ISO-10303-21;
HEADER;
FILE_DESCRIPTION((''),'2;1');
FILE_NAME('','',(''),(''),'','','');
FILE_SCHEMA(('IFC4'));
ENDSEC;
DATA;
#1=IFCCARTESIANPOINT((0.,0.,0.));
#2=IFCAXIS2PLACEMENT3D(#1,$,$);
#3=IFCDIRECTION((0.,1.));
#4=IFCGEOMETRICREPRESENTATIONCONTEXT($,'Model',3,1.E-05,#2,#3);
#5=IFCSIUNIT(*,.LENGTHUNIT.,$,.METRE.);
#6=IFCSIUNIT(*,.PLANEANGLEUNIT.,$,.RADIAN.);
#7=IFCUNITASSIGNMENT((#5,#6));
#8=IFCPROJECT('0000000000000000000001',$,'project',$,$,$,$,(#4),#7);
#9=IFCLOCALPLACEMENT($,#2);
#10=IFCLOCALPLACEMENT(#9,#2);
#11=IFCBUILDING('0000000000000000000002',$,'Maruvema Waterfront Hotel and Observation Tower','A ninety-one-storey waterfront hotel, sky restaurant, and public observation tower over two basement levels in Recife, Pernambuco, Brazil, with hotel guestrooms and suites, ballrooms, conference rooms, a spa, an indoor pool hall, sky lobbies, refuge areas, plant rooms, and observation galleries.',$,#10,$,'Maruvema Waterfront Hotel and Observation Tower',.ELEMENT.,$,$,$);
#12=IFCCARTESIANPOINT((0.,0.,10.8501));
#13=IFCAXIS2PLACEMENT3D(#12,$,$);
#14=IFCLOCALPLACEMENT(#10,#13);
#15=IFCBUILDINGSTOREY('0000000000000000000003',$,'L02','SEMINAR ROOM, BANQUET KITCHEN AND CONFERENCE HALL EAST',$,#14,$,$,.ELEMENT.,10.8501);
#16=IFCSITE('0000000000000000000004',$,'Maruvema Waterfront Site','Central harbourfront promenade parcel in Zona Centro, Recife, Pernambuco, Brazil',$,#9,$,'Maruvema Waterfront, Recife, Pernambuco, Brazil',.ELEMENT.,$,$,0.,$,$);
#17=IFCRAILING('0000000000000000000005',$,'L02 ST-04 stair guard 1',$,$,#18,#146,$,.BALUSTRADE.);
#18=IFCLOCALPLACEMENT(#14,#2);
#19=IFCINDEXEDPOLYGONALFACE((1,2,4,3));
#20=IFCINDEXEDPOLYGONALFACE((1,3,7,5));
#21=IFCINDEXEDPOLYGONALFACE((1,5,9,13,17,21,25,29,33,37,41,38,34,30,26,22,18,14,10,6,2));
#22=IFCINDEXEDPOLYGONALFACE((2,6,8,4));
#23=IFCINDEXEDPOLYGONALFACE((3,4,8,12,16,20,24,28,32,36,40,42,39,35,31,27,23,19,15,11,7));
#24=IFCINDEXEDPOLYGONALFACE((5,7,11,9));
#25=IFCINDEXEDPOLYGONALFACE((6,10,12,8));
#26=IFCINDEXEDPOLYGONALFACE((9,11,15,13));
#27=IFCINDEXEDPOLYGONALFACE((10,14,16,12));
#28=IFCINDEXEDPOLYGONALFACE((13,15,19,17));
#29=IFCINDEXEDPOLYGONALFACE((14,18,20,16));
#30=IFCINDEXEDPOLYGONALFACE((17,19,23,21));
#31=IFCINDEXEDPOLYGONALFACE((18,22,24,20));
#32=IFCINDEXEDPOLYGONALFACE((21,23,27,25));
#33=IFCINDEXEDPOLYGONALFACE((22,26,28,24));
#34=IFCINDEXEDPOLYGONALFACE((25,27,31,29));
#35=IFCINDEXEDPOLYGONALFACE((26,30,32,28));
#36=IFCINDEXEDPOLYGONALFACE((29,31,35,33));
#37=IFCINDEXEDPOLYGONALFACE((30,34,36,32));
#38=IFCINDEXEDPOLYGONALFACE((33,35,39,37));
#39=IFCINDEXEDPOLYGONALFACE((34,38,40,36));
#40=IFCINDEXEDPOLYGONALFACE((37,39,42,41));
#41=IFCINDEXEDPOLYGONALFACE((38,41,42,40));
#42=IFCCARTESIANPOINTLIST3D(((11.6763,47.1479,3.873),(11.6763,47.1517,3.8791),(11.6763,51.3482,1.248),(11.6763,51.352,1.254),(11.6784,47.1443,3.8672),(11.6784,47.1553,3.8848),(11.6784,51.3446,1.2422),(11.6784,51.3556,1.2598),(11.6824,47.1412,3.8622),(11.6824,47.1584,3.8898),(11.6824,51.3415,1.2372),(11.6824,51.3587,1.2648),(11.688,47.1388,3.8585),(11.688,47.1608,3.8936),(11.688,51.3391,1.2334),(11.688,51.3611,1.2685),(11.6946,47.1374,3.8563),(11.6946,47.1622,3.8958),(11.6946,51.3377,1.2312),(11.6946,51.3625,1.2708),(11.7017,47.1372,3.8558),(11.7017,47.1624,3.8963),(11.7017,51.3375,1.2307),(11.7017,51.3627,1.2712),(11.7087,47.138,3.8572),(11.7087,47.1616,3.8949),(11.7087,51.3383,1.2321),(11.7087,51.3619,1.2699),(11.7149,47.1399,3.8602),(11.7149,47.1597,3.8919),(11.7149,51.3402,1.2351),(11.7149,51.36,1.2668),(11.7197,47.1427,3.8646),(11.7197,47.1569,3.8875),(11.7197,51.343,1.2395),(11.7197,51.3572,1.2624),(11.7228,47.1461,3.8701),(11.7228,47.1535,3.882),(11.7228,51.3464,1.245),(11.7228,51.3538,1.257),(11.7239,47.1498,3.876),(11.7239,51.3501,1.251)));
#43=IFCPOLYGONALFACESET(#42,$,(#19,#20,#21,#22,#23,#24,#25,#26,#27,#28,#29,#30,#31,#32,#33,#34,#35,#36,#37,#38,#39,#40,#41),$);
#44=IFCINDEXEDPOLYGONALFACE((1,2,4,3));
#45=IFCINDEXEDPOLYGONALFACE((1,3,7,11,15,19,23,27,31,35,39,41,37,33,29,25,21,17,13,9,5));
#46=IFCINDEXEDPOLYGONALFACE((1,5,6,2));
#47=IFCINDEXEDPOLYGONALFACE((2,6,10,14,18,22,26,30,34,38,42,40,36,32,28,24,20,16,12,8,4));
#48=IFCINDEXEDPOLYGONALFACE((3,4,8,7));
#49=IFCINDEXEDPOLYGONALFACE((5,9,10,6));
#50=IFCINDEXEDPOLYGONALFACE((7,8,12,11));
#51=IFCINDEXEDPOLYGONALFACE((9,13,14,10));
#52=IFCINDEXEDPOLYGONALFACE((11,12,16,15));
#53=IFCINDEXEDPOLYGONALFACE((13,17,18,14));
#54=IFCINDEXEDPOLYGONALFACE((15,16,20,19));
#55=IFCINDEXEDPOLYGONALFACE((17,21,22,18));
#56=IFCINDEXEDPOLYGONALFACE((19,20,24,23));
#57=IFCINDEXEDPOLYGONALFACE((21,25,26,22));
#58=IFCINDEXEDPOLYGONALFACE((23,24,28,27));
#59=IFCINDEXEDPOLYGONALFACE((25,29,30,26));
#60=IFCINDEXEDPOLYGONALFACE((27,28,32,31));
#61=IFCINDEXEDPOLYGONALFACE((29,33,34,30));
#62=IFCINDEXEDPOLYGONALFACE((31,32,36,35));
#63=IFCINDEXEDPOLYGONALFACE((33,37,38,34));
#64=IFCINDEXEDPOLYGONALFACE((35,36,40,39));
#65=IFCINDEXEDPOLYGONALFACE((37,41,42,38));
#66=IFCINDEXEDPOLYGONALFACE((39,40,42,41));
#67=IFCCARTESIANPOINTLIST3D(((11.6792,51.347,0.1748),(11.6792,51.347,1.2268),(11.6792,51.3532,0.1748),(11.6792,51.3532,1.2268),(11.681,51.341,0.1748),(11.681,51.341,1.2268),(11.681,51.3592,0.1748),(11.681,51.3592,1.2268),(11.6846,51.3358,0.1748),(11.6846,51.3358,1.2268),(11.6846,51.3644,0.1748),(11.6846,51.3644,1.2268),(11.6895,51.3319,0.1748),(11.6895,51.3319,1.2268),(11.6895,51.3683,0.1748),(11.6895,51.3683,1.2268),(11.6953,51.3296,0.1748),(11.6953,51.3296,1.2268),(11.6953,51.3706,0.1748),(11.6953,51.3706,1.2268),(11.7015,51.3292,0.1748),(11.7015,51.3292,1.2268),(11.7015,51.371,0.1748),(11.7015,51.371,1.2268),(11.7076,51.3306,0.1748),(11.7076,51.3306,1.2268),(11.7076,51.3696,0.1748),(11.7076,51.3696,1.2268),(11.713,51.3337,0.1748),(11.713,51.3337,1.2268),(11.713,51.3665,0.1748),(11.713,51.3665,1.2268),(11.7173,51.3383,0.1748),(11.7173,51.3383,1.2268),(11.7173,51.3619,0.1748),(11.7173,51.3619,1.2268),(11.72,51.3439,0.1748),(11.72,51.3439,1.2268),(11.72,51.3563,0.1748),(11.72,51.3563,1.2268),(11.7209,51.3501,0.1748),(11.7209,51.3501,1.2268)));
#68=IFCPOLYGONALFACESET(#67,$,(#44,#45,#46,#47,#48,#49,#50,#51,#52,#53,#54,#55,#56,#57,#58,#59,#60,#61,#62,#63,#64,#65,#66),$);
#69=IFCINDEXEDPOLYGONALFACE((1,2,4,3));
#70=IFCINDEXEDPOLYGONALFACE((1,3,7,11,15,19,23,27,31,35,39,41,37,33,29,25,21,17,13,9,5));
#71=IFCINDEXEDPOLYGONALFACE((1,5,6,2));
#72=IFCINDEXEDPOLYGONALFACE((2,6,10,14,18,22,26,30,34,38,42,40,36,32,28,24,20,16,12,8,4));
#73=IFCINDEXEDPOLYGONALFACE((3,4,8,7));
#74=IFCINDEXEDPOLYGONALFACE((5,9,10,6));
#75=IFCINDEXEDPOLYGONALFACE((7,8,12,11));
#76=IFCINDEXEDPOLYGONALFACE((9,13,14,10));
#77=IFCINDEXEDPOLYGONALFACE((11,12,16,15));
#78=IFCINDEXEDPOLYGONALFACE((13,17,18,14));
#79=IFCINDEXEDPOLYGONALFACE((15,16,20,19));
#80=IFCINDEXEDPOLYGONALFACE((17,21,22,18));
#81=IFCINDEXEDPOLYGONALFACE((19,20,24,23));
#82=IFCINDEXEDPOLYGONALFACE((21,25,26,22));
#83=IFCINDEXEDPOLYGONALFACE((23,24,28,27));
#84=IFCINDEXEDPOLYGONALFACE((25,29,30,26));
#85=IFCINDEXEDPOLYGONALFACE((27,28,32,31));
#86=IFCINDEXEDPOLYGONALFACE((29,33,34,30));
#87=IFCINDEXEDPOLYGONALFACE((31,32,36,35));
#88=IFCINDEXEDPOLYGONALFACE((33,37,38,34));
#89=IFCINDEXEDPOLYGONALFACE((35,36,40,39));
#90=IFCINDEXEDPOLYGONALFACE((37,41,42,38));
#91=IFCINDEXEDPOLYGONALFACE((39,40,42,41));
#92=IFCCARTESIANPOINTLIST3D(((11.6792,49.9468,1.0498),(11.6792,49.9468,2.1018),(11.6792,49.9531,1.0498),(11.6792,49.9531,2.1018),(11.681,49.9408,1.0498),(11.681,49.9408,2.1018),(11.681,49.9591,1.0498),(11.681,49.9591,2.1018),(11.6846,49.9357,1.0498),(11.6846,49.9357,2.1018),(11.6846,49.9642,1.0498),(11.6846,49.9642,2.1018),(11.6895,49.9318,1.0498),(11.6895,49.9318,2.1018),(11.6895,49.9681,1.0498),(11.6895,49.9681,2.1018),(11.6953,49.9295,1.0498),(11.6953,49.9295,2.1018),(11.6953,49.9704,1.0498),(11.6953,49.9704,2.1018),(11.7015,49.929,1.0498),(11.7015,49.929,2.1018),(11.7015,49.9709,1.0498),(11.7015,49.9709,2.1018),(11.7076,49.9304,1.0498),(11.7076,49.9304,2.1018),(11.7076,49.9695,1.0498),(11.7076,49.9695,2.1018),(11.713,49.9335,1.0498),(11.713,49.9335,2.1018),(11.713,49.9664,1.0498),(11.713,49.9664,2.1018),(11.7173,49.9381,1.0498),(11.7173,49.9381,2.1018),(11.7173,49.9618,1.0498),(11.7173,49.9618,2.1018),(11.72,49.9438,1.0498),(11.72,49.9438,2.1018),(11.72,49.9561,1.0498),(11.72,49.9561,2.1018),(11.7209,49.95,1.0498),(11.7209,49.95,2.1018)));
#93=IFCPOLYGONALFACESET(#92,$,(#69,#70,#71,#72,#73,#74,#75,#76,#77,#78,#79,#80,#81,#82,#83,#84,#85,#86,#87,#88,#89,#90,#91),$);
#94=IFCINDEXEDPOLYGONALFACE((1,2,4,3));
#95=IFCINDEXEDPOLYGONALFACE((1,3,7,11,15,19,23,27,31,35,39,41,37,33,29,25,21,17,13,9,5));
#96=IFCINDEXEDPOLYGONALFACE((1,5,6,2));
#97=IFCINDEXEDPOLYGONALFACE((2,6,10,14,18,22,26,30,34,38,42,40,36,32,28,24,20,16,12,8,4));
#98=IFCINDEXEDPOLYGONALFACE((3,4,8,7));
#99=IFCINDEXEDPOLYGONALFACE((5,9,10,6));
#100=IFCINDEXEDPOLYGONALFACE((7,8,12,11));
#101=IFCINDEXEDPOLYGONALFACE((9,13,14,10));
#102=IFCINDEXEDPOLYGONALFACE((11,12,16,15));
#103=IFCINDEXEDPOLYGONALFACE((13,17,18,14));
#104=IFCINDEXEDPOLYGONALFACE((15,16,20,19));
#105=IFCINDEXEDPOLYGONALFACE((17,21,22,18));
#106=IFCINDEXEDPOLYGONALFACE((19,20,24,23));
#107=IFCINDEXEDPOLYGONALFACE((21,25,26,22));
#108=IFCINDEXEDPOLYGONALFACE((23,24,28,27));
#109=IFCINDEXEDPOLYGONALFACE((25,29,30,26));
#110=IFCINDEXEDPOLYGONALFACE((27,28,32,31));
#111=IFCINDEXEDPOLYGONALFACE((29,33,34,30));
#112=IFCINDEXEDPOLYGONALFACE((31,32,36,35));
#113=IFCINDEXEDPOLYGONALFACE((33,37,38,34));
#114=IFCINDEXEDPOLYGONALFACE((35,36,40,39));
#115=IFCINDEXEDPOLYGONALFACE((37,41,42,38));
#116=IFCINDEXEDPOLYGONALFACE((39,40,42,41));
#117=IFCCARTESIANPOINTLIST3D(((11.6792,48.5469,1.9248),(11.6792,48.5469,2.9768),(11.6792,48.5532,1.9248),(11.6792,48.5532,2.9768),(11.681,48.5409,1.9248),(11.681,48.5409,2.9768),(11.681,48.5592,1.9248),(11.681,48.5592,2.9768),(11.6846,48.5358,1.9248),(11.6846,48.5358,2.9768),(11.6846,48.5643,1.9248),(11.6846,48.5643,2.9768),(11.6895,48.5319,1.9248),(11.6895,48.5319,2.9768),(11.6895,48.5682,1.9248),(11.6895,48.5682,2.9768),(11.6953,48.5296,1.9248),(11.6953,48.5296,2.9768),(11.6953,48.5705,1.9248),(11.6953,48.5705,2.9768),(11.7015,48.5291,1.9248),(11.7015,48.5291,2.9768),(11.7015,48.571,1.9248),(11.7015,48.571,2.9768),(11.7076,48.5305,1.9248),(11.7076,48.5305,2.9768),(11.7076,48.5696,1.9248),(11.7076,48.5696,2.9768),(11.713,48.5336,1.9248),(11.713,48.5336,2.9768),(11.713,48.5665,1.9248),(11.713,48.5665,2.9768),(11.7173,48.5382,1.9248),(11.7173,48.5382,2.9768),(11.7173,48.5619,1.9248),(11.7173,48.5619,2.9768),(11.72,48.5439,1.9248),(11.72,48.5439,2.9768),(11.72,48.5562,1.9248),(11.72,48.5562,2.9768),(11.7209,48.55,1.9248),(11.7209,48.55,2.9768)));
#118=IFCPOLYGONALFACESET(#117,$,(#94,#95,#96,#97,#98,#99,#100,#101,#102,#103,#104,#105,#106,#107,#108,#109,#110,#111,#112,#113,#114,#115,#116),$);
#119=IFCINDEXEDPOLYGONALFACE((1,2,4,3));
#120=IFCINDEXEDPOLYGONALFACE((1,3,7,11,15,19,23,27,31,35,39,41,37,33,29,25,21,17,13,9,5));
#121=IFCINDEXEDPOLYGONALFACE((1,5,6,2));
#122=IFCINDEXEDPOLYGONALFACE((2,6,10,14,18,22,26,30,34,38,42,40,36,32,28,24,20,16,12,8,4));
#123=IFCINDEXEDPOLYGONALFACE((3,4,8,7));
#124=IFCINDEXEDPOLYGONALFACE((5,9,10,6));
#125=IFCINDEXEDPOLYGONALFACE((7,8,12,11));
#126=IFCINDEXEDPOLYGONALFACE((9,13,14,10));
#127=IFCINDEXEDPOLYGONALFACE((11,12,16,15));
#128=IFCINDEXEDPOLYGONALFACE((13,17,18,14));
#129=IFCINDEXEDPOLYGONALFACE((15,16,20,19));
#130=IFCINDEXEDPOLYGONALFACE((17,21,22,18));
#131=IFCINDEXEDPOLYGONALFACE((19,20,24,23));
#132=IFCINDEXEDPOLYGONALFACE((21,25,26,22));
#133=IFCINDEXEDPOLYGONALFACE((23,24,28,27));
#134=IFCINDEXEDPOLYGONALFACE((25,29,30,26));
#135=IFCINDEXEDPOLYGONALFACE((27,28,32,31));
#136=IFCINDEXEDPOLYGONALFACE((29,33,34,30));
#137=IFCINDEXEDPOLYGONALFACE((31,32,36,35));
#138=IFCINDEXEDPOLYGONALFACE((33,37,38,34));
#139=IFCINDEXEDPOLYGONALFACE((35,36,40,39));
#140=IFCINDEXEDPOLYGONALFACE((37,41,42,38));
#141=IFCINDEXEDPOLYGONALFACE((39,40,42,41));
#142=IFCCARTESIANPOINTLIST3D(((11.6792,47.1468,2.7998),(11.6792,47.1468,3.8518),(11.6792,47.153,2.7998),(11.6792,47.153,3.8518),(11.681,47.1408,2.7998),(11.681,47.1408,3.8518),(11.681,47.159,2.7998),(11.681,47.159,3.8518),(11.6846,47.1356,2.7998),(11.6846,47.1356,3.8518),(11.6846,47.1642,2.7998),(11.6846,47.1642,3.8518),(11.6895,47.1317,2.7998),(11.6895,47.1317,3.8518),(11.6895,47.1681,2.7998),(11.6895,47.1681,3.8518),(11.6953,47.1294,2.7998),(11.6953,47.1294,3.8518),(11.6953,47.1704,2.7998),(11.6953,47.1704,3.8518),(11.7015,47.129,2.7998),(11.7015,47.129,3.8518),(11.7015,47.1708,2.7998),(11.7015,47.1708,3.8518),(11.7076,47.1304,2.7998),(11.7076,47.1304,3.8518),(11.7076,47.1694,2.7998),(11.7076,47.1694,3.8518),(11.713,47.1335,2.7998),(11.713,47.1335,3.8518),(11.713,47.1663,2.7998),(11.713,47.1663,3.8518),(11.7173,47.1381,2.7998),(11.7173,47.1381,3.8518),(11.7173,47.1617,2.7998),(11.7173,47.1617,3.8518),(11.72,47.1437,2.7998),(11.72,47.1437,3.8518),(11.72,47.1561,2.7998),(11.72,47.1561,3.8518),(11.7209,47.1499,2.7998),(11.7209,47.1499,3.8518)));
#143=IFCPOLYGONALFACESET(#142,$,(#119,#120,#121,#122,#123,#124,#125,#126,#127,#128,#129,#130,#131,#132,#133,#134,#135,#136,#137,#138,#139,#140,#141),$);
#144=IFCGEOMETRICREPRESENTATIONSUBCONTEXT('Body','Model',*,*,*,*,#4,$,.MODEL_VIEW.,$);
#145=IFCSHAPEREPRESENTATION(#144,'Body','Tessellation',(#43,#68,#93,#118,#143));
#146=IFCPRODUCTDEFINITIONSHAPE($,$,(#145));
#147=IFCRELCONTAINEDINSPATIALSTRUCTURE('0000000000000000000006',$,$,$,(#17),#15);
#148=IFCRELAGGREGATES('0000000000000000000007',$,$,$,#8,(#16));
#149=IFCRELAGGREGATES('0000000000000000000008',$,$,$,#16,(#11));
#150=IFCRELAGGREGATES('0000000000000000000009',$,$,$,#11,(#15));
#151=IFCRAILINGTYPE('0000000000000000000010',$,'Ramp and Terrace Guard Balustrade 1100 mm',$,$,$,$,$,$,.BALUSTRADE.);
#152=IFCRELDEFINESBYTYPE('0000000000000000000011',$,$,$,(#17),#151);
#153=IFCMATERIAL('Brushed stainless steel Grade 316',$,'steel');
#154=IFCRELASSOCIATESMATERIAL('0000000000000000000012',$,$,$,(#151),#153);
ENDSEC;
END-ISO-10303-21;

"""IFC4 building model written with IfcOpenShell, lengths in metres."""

from ifc_helpers import new_model, si_unit, direction, frame, origin, origin_2d, place, context, subcontext, project, spatial, circle, extrude, material, type_object, element, save


model = new_model("IFC4")

# Units and contexts
model_context = context("Model", 3, precision=1e-05, world=origin(), true_north=direction((0.0, 1.0)))
body_context = subcontext(model_context, "Body", "Model", "MODEL_VIEW")
ifc_project = project(units=[si_unit("LENGTHUNIT", "METRE"), si_unit("PLANEANGLEUNIT", "RADIAN")], contexts=[model_context])

# Site, building, storey
site_placement = place(None, origin())
site = spatial("IfcSite", under=ifc_project, at=site_placement, Name="Maruvema Waterfront Site", Description="Central harbourfront promenade parcel in Zona Centro, Recife, Pernambuco, Brazil", LongName="Maruvema Waterfront, Recife, Pernambuco, Brazil", CompositionType="ELEMENT", RefElevation=0.0)
building_placement = place(site_placement, origin())
building = spatial("IfcBuilding", under=site, at=building_placement, Name="Maruvema Waterfront Hotel and Observation Tower", Description="A ninety-one-storey waterfront hotel, sky restaurant, and public observation tower over two basement levels in Recife, Pernambuco, Brazil, with hotel guestrooms and suites, ballrooms, conference rooms, a spa, an indoor pool hall, sky lobbies, refuge areas, plant rooms, and observation galleries.", LongName="Maruvema Waterfront Hotel and Observation Tower", CompositionType="ELEMENT")
storey_placement = place(building_placement, frame((0.0, 0.0, 10.8501)))
storey = spatial("IfcBuildingStorey", under=building, at=storey_placement, Name="L02", Description="SEMINAR ROOM, BANQUET KITCHEN AND CONFERENCE HALL EAST", CompositionType="ELEMENT", Elevation=10.8501)

# Railing
ifc_material_1 = material(Name="Brushed stainless steel Grade 316", Category="steel")
railing_type_1 = type_object("IfcRailingType", Name="Ramp and Terrace Guard Balustrade 1100 mm", PredefinedType="BALUSTRADE", material=ifc_material_1)
railing_1_placement = place(storey_placement, frame((11.7, 51.3501, 0.1748)))
element("IfcRailing", 1, at=railing_1_placement, inside=storey, type_object=railing_type_1, Name="L02 ST-04 stair guard 1", PredefinedType="BALUSTRADE", context=body_context, shape_type="SweptSolid", body=[
    extrude(circle(Radius=0.0239, at=origin_2d()), frame((0.0, 0.0, 1.0762), z_axis=(0.0, -0.848009, 0.529981), x_axis=(1.0, 0.0, 0.0)), (0.0, 0.0, 1.0), 4.9531),
    extrude(circle(Radius=0.021, at=origin_2d()), origin(), (0.0, 0.0, 1.0), 1.052),
    extrude(circle(Radius=0.021, at=origin_2d()), frame((0.0, -1.4001, 0.875)), (0.0, 0.0, 1.0), 1.052),
    extrude(circle(Radius=0.021, at=origin_2d()), frame((0.0, -2.8, 1.75)), (0.0, 0.0, 1.0), 1.052),
    extrude(circle(Radius=0.021, at=origin_2d()), frame((0.0, -4.2002, 2.625)), (0.0, 0.0, 1.0), 1.052),
])

save(model, "model.ifc")
